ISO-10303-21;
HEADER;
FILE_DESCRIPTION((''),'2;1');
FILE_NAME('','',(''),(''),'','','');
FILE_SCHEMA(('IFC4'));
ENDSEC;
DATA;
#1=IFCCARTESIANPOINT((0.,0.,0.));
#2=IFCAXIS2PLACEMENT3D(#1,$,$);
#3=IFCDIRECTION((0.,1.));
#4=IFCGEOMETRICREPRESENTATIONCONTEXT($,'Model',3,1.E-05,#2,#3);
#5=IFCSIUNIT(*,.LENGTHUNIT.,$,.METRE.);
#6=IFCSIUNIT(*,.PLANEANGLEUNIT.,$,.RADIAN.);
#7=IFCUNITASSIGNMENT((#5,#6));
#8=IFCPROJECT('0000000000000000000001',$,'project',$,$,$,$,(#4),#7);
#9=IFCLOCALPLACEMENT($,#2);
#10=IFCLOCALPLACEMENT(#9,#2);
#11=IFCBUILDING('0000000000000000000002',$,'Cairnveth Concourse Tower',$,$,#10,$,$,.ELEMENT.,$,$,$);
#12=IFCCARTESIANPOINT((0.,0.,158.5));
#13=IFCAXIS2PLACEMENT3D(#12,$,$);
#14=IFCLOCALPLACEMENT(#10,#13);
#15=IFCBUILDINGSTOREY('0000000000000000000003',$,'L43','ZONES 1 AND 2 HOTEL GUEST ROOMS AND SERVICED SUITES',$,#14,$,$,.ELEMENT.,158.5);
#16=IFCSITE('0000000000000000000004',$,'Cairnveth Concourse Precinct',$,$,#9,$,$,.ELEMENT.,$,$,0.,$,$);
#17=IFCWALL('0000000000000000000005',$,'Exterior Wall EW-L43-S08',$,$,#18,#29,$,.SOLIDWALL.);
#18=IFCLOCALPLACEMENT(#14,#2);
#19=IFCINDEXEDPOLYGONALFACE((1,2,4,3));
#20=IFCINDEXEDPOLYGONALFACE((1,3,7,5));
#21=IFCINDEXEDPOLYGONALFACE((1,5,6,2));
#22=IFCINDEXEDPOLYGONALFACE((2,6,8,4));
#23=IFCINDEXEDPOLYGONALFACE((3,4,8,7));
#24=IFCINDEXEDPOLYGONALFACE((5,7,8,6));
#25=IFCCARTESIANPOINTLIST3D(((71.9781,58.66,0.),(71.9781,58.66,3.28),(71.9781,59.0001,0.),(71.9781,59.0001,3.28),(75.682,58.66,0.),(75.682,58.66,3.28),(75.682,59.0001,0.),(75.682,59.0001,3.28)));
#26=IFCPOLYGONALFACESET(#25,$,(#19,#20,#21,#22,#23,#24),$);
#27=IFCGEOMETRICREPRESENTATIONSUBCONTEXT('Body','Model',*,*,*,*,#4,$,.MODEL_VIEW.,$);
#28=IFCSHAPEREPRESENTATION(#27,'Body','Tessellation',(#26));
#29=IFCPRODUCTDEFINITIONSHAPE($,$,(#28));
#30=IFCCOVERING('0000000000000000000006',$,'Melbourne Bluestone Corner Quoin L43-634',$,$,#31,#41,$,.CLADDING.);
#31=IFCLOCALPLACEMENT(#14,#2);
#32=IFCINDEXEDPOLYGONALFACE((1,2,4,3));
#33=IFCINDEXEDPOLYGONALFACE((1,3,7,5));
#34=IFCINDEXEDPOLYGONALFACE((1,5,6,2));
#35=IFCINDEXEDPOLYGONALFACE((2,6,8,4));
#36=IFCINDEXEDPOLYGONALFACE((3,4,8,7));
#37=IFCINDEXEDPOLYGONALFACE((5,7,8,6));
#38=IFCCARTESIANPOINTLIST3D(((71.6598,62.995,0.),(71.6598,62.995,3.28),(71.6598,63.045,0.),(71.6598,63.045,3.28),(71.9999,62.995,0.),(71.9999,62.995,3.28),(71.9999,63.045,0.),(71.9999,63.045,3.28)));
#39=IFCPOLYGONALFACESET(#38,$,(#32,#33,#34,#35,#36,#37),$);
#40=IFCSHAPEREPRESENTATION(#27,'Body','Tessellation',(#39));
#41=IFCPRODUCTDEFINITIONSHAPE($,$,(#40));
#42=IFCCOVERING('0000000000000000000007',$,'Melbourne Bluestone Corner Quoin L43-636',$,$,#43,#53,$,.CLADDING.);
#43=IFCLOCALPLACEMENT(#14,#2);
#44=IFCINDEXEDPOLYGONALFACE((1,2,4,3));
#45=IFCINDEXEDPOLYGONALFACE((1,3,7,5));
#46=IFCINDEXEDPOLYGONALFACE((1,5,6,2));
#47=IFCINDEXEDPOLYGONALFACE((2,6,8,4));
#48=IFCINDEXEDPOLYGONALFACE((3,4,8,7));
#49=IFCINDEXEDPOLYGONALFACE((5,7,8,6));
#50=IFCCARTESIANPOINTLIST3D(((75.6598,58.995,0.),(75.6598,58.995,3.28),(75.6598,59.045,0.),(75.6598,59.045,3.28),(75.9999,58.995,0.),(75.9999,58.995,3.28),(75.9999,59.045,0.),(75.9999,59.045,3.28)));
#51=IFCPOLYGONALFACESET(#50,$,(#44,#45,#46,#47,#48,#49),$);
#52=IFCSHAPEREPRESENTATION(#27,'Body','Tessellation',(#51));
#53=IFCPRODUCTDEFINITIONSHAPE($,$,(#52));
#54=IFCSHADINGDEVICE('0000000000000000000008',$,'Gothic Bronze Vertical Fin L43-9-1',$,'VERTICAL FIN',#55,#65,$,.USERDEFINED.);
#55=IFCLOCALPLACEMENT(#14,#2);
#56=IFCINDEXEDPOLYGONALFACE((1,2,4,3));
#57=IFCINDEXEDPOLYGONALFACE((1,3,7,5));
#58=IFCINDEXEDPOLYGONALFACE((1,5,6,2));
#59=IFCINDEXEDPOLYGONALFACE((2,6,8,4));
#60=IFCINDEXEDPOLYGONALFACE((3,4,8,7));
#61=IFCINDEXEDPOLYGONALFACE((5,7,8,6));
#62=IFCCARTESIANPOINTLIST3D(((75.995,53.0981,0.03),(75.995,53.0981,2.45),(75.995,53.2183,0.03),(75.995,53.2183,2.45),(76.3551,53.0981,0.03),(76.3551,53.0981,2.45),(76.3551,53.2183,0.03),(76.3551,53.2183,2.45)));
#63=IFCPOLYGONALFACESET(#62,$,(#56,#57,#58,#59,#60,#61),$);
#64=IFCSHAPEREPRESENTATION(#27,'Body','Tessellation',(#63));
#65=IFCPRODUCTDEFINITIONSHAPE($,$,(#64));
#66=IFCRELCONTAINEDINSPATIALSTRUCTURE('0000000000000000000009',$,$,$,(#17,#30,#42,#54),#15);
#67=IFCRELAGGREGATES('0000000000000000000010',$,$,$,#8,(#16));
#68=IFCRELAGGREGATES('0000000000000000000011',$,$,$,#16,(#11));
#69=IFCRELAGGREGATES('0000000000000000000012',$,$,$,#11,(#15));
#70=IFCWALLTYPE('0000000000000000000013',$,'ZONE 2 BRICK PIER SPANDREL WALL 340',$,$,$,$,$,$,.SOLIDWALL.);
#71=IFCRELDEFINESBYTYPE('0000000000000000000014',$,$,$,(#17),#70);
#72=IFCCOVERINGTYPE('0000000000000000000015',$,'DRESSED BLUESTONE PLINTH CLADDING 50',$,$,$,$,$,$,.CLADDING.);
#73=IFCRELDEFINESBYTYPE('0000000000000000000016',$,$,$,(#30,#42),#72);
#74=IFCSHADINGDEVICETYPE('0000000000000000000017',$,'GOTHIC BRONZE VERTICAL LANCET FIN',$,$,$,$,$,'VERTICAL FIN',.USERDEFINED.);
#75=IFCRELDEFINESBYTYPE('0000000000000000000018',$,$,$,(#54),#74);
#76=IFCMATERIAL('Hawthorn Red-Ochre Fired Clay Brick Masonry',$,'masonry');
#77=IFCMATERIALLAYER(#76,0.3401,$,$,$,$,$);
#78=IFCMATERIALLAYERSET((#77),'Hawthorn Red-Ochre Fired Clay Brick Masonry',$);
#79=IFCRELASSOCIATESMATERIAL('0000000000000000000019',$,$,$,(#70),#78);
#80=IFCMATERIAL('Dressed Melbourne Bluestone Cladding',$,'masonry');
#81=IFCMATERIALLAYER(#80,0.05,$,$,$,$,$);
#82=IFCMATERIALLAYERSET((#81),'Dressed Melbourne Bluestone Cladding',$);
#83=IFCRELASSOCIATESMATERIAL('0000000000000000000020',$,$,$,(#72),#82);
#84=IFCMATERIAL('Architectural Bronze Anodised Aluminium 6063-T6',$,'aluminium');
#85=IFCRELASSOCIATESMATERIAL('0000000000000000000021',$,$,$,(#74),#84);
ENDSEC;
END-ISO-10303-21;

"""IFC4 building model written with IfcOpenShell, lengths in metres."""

from ifc_helpers import new_model, si_unit, direction, frame, frame_2d, origin, origin_2d, place, context, subcontext, project, spatial, rectangle, extrude, material, layer, layer_set, type_object, element, save


model = new_model("IFC4")

# Units and contexts
model_context = context("Model", 3, precision=1e-05, world=origin(), true_north=direction((0.0, 1.0)))
body_context = subcontext(model_context, "Body", "Model", "MODEL_VIEW")
ifc_project = project(units=[si_unit("LENGTHUNIT", "METRE"), si_unit("PLANEANGLEUNIT", "RADIAN")], contexts=[model_context])

# Site, building, storey
site_placement = place(None, origin())
site = spatial("IfcSite", under=ifc_project, at=site_placement, Name="Cairnveth Concourse Precinct", CompositionType="ELEMENT", RefElevation=0.0)
building_placement = place(site_placement, origin())
building = spatial("IfcBuilding", under=site, at=building_placement, Name="Cairnveth Concourse Tower", CompositionType="ELEMENT")
storey_placement = place(building_placement, frame((0.0, 0.0, 158.5)))
storey = spatial("IfcBuildingStorey", under=building, at=storey_placement, Name="L43", Description="ZONES 1 AND 2 HOTEL GUEST ROOMS AND SERVICED SUITES", CompositionType="ELEMENT", Elevation=158.5)

# Wall
ifc_material_1 = material(Name="Hawthorn Red-Ochre Fired Clay Brick Masonry", Category="masonry")
ifc_layer_1 = layer(ifc_material_1, 0.3401)
ifc_layer_set_1 = layer_set([ifc_layer_1], Name="Hawthorn Red-Ochre Fired Clay Brick Masonry")
wall_type = type_object("IfcWallType", Name="ZONE 2 BRICK PIER SPANDREL WALL 340", PredefinedType="SOLIDWALL", material=ifc_layer_set_1)
wall_1_placement = place(storey_placement, frame((71.978, 58.8301, 0.0), z_axis=(0.0, 0.0, 1.0), x_axis=(1.0, 0.0, 0.0)))
element("IfcWall", 1, at=wall_1_placement, inside=storey, type_object=wall_type, Name="Exterior Wall EW-L43-S08", PredefinedType="SOLIDWALL", context=body_context, shape_type="SweptSolid", body=[
    extrude(rectangle(XDim=3.7039, YDim=0.3401, at=frame_2d((1.8521, 0.0))), origin(), (0.0, 0.0, 1.0), 3.28),
])

# Coverings
ifc_material_2 = material(Name="Dressed Melbourne Bluestone Cladding", Category="masonry")
ifc_layer_2 = layer(ifc_material_2, 0.05)
ifc_layer_set_2 = layer_set([ifc_layer_2], Name="Dressed Melbourne Bluestone Cladding")
covering_type = type_object("IfcCoveringType", Name="DRESSED BLUESTONE PLINTH CLADDING 50", PredefinedType="CLADDING", material=ifc_layer_set_2)
for number, where, z_axis, x_axis, name in (
    (2, (71.6599, 63.02, 0.0), (0.0, 0.0, 1.0), (1.0, 0.0, 0.0), "Melbourne Bluestone Corner Quoin L43-634"),
    (3, (75.6599, 59.02, 0.0), (0.0, 0.0, 1.0), (1.0, 0.0, 0.0), "Melbourne Bluestone Corner Quoin L43-636"),
):
    element("IfcCovering", number, at=place(storey_placement, frame(where, z_axis=z_axis, x_axis=x_axis)), inside=storey, type_object=covering_type, Name=name, PredefinedType="CLADDING", context=body_context, shape_type="SweptSolid", body=[
        extrude(rectangle(XDim=0.3401, YDim=0.05, at=frame_2d((0.1699, 0.0))), origin(), (0.0, 0.0, 1.0), 3.28),
    ])

# Shading device
ifc_material_3 = material(Name="Architectural Bronze Anodised Aluminium 6063-T6", Category="aluminium")
shading_device_type = type_object("IfcShadingDeviceType", Name="GOTHIC BRONZE VERTICAL LANCET FIN", ElementType="VERTICAL FIN", PredefinedType="USERDEFINED", material=ifc_material_3)
shading_device_placement = place(storey_placement, frame((76.175, 53.1582, 0.03), z_axis=(0.0, 0.0, 1.0), x_axis=(0.0, 1.0, 0.0)))
element("IfcShadingDevice", 4, at=shading_device_placement, inside=storey, type_object=shading_device_type, Name="Gothic Bronze Vertical Fin L43-9-1", ObjectType="VERTICAL FIN", PredefinedType="USERDEFINED", context=body_context, shape_type="SweptSolid", body=[
    extrude(rectangle(XDim=0.1201, YDim=0.3601, at=origin_2d()), origin(), (0.0, 0.0, 1.0), 2.4199),
])

save(model, "model.ifc")
